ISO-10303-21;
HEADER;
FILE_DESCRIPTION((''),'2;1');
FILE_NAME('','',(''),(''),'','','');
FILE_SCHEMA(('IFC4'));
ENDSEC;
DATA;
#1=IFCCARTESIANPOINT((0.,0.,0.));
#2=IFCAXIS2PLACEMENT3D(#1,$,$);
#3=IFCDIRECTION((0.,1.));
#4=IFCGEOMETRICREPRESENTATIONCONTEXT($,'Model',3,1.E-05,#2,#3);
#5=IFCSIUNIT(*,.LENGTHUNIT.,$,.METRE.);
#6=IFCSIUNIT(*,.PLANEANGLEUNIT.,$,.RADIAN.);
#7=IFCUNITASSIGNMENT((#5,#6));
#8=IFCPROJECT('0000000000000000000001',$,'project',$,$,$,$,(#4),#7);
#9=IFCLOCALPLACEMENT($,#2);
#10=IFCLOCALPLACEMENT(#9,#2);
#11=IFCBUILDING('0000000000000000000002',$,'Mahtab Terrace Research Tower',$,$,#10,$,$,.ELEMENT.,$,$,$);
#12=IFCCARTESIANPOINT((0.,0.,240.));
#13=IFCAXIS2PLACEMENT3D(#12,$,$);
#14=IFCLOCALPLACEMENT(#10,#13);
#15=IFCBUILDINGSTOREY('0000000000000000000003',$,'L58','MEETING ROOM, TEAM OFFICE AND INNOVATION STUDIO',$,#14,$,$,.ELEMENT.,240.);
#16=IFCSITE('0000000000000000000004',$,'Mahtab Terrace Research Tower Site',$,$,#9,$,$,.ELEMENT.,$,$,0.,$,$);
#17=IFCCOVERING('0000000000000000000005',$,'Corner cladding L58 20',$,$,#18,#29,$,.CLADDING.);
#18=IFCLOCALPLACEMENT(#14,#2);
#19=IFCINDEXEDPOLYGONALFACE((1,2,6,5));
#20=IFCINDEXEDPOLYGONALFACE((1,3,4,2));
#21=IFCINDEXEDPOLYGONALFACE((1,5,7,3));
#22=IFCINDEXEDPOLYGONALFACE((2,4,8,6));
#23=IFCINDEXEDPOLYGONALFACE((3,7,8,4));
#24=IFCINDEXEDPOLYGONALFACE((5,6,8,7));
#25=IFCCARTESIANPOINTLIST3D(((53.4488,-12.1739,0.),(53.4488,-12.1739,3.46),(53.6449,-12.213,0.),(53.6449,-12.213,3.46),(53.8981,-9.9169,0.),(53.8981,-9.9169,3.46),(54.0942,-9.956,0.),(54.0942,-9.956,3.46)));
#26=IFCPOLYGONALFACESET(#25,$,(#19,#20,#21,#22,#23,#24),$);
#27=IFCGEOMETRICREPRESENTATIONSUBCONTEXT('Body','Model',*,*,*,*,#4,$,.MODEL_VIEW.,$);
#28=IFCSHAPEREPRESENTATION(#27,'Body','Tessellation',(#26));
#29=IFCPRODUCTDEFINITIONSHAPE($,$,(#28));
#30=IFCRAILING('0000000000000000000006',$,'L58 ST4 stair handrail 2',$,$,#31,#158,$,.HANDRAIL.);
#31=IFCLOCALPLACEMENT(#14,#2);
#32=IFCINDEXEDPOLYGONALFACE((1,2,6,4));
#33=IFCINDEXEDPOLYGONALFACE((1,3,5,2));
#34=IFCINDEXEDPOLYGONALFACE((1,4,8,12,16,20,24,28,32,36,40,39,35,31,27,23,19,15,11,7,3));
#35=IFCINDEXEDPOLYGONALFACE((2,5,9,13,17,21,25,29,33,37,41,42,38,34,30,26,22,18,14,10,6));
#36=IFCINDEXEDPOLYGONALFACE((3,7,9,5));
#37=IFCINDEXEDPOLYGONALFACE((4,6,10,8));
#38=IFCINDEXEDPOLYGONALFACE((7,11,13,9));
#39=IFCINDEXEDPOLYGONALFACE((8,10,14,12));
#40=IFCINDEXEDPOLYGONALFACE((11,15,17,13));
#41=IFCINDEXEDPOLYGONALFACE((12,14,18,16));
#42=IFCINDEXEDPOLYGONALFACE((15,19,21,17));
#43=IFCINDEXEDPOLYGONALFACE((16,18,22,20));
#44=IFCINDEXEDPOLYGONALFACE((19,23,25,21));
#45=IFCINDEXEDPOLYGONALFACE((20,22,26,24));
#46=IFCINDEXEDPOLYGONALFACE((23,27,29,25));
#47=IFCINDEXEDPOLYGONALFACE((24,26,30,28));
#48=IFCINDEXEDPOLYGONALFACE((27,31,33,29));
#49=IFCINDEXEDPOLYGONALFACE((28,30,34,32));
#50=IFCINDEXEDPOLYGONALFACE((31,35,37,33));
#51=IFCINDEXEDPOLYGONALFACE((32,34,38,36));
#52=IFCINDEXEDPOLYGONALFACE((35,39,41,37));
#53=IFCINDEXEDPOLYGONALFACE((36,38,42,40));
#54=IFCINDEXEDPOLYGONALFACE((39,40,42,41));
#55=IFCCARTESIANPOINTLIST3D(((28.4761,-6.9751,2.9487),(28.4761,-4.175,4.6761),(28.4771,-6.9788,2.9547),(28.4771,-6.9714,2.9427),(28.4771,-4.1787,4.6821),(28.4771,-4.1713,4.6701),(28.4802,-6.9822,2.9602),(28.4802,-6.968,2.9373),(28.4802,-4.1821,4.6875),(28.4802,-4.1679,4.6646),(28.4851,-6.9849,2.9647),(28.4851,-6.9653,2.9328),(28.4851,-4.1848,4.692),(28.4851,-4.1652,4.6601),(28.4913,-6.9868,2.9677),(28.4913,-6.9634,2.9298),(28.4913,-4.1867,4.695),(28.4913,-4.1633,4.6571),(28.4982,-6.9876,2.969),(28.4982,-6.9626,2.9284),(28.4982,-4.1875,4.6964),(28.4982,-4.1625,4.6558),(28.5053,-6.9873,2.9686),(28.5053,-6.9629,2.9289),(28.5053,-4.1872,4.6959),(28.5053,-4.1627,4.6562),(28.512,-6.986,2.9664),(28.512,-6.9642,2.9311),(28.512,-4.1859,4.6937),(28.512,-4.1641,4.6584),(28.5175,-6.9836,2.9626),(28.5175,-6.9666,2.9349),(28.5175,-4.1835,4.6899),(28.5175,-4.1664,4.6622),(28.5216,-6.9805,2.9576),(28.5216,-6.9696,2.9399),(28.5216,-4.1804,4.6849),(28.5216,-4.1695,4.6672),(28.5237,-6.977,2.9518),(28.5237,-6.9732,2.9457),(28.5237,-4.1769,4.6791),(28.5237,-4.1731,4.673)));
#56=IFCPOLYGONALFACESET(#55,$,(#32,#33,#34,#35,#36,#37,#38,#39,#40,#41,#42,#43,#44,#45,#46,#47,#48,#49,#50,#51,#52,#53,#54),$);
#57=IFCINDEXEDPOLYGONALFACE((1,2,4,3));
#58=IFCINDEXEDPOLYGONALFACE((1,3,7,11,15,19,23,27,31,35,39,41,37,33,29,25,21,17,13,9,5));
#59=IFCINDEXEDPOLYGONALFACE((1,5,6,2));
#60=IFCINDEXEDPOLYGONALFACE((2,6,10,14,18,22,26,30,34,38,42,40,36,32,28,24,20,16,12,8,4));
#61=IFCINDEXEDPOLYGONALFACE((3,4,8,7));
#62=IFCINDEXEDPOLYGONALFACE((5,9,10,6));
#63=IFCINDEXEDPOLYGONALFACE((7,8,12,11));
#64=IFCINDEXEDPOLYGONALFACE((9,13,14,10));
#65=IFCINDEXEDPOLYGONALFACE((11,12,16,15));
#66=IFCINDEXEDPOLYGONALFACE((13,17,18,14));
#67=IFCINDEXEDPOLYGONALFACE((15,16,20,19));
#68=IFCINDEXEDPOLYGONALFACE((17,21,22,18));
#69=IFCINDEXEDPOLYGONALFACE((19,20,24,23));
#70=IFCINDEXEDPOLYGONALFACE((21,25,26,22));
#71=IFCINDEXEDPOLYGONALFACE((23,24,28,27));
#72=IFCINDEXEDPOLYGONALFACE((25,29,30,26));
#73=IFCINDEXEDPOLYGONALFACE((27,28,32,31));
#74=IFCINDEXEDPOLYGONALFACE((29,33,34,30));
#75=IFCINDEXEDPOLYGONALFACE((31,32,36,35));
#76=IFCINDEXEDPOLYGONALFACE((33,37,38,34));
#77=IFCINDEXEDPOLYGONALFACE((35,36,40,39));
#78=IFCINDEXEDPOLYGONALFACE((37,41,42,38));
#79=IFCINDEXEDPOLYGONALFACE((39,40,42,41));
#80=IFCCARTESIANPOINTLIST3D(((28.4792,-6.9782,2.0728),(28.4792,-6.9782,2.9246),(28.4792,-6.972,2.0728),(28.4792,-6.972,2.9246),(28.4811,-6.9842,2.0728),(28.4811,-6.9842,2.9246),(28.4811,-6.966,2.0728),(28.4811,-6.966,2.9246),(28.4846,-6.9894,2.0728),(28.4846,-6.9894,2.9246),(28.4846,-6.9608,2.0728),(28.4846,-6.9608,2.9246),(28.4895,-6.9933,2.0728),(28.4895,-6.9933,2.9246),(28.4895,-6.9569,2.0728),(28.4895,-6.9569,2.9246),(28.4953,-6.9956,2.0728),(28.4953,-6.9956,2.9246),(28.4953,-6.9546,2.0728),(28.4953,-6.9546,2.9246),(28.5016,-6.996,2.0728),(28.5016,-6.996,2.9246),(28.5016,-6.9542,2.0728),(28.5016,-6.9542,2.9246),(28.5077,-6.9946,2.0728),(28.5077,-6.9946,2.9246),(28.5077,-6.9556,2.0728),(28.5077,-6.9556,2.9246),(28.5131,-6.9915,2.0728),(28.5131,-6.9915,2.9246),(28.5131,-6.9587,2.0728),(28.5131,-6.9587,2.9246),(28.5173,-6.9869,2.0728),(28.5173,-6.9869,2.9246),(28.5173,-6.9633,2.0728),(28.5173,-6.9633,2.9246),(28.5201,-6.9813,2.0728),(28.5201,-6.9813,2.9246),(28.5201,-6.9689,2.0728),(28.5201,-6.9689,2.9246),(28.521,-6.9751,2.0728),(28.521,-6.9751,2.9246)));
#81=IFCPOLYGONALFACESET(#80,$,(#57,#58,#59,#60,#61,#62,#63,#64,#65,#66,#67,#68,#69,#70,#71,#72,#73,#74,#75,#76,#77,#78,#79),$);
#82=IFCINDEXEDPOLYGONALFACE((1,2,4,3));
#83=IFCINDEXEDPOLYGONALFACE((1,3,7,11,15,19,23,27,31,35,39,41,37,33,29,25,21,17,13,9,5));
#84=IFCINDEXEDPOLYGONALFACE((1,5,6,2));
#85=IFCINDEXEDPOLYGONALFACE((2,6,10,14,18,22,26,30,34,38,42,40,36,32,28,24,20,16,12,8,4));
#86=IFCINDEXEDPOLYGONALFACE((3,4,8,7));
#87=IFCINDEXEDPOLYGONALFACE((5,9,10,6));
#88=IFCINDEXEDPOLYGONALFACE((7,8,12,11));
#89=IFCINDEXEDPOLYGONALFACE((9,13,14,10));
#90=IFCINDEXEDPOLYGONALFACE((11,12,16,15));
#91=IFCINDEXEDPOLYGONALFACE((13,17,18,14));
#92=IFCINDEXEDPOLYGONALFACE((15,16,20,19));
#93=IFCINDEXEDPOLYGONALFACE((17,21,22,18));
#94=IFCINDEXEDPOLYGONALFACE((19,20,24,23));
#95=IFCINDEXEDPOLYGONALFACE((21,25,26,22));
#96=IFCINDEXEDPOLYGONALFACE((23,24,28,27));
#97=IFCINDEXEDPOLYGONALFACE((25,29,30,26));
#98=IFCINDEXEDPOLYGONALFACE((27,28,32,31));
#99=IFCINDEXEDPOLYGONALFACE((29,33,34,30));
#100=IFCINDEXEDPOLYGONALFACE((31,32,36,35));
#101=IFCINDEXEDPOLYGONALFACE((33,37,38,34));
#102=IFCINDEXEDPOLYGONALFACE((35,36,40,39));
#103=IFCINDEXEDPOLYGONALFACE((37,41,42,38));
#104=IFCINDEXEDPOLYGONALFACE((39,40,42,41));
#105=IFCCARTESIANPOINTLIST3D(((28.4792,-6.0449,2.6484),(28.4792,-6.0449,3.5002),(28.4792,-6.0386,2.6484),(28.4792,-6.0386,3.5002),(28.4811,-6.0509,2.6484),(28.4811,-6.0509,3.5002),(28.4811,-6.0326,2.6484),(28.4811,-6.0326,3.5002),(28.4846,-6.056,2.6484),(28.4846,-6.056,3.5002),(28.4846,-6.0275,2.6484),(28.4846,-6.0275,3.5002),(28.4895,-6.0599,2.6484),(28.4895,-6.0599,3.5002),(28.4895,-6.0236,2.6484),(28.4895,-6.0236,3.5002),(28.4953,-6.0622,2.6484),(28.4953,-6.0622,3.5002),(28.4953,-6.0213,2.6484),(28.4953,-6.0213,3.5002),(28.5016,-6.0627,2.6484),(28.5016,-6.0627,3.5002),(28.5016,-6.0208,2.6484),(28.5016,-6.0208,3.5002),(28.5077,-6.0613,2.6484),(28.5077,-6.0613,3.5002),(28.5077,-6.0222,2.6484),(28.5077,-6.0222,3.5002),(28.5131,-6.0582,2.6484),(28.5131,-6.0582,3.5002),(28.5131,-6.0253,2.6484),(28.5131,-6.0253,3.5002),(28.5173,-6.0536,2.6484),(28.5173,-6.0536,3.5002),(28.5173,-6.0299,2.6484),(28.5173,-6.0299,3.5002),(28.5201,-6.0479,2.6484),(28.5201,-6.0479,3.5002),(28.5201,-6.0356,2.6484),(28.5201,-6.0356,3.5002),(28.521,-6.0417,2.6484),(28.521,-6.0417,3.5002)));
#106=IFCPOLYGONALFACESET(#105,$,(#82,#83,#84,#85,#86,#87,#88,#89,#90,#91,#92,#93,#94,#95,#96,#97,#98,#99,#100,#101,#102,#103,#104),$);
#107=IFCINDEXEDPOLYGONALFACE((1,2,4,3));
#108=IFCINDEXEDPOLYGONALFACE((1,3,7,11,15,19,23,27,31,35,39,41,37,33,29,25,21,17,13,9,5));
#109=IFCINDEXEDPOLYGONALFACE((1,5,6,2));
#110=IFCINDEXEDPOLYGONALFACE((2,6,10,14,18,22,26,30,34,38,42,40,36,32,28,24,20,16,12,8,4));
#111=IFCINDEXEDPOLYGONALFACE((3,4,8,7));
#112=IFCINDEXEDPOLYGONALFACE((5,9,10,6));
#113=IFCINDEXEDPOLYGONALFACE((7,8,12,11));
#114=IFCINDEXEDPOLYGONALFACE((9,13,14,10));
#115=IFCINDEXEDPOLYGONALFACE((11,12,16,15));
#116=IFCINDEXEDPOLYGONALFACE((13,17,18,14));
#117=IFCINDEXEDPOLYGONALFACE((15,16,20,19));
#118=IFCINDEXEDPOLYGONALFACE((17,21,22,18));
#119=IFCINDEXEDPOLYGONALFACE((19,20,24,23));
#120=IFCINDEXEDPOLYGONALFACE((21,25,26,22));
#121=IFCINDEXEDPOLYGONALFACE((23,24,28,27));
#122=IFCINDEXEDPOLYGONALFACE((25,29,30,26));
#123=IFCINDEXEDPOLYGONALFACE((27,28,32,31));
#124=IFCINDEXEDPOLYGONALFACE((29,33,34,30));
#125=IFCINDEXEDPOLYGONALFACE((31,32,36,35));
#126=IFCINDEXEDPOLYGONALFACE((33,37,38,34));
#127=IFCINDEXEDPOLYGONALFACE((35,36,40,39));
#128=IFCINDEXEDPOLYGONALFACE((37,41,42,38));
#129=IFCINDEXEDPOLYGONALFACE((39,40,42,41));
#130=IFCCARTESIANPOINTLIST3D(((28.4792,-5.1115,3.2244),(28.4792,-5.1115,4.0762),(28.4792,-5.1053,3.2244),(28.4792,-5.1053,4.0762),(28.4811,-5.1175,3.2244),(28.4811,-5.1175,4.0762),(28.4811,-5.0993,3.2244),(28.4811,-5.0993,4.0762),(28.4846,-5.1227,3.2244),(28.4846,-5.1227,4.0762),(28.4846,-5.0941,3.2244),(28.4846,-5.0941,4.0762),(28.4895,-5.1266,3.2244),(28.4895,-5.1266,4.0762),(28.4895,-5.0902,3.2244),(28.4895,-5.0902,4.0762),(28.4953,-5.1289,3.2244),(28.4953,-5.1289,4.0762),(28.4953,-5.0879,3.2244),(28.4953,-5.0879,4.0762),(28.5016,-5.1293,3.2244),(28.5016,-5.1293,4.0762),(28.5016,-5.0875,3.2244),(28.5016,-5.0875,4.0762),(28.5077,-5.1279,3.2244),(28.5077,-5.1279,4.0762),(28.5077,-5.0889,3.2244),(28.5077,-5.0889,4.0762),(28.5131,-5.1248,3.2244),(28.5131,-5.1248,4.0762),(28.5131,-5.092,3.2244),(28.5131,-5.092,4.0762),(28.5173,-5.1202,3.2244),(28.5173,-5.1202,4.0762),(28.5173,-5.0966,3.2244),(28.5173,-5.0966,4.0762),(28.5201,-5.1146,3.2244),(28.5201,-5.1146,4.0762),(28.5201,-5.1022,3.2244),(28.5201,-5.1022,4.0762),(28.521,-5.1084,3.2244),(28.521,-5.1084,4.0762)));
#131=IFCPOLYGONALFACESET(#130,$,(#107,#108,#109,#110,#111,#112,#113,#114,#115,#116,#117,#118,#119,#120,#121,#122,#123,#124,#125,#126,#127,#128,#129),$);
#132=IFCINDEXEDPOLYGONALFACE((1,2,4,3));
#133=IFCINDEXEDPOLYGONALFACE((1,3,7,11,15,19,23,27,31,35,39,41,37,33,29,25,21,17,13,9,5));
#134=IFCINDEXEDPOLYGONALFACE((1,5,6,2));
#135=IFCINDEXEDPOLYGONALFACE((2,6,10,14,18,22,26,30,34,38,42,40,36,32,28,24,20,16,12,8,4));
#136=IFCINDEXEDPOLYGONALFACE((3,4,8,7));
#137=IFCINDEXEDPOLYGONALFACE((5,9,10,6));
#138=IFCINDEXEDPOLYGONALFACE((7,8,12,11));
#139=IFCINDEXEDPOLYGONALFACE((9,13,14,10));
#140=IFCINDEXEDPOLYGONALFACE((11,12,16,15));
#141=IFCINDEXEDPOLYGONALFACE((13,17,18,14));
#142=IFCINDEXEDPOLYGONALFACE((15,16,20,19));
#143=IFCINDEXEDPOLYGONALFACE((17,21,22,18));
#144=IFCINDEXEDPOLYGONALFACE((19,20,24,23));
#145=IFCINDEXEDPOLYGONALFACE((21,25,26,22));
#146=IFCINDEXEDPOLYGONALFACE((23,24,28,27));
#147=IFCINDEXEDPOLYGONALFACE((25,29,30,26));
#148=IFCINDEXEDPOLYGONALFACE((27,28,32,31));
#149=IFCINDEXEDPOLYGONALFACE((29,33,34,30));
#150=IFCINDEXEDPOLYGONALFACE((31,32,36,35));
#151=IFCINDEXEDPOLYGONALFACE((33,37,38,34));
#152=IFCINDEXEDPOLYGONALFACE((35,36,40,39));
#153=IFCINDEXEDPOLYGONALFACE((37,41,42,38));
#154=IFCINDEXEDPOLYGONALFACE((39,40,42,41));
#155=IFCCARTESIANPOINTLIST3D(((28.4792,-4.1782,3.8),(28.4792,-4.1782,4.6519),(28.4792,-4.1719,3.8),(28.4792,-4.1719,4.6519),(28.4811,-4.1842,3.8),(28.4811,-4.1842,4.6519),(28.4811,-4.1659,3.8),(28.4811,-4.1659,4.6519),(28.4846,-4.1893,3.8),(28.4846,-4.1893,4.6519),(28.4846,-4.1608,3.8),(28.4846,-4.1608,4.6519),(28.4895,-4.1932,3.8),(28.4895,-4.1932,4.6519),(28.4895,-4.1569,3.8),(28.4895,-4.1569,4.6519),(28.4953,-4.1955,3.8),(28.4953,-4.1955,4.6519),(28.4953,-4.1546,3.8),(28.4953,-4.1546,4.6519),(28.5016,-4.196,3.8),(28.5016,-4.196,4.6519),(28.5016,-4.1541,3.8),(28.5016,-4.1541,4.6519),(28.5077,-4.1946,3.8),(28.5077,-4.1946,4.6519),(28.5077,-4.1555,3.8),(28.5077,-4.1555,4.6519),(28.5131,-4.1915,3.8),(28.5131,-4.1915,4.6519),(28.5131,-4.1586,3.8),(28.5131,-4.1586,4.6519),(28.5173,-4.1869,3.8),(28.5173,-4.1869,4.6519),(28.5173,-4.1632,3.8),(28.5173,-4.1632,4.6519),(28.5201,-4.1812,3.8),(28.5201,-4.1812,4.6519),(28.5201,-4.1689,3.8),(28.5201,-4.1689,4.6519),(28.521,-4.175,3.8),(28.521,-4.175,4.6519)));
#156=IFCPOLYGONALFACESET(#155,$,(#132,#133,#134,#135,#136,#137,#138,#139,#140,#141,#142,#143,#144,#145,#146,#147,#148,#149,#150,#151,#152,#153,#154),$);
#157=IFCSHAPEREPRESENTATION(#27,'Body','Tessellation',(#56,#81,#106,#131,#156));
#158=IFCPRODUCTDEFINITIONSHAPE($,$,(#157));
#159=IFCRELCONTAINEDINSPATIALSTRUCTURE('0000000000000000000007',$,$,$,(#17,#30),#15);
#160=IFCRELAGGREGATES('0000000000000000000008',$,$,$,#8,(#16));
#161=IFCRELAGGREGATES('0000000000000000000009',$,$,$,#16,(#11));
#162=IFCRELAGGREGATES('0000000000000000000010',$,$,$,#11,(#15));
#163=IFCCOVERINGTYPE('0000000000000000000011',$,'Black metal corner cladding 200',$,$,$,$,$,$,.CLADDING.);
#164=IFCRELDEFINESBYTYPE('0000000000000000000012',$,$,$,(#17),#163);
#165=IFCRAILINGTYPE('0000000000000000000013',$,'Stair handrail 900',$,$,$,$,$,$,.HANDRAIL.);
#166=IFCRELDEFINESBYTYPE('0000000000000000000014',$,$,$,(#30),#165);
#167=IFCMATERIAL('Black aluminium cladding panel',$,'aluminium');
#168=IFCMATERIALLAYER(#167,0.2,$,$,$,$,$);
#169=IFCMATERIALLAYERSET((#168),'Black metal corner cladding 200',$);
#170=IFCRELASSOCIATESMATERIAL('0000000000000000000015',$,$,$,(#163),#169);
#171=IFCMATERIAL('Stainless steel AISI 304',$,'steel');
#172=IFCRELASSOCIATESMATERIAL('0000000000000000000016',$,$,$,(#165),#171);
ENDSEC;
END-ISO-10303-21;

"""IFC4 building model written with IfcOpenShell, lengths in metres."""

from ifc_helpers import new_model, si_unit, direction, frame, origin, origin_2d, place, context, subcontext, project, spatial, rectangle, circle, extrude, material, layer, layer_set, type_object, element, save


model = new_model("IFC4")

# Units and contexts
model_context = context("Model", 3, precision=1e-05, world=origin(), true_north=direction((0.0, 1.0)))
body_context = subcontext(model_context, "Body", "Model", "MODEL_VIEW")
ifc_project = project(units=[si_unit("LENGTHUNIT", "METRE"), si_unit("PLANEANGLEUNIT", "RADIAN")], contexts=[model_context])

# Site, building, storey
site_placement = place(None, origin())
site = spatial("IfcSite", under=ifc_project, at=site_placement, Name="Mahtab Terrace Research Tower Site", CompositionType="ELEMENT", RefElevation=0.0)
building_placement = place(site_placement, origin())
building = spatial("IfcBuilding", under=site, at=building_placement, Name="Mahtab Terrace Research Tower", CompositionType="ELEMENT")
storey_placement = place(building_placement, frame((0.0, 0.0, 240.0)))
storey = spatial("IfcBuildingStorey", under=building, at=storey_placement, Name="L58", Description="MEETING ROOM, TEAM OFFICE AND INNOVATION STUDIO", CompositionType="ELEMENT", Elevation=240.0)

# Covering
ifc_material_1 = material(Name="Black aluminium cladding panel", Category="aluminium")
ifc_layer_1 = layer(ifc_material_1, 0.2)
ifc_layer_set_1 = layer_set([ifc_layer_1], Name="Black metal corner cladding 200")
covering_type = type_object("IfcCoveringType", Name="Black metal corner cladding 200", PredefinedType="CLADDING", material=ifc_layer_set_1)
covering_placement = place(storey_placement, frame((53.7715, -11.0649, 0.0), z_axis=(0.0, 0.0, 1.0), x_axis=(0.195212, 0.980761, 0.0)))
element("IfcCovering", 1, at=covering_placement, inside=storey, type_object=covering_type, Name="Corner cladding L58 20", PredefinedType="CLADDING", context=body_context, shape_type="SweptSolid", body=[
    extrude(rectangle(XDim=2.3013, YDim=0.2, at=origin_2d()), origin(), (0.0, 0.0, 1.0), 3.46),
])

# Railing
ifc_material_2 = material(Name="Stainless steel AISI 304", Category="steel")
railing_type = type_object("IfcRailingType", Name="Stair handrail 900", PredefinedType="HANDRAIL", material=ifc_material_2)
railing_placement = place(storey_placement, frame((28.5, -6.9751, 2.0728)))
element("IfcRailing", 2, at=railing_placement, inside=storey, type_object=railing_type, Name="L58 ST4 stair handrail 2", PredefinedType="HANDRAIL", context=body_context, shape_type="SweptSolid", body=[
    extrude(circle(Radius=0.0239, at=origin_2d()), frame((0.0, 0.0, 0.876), z_axis=(0.0, 0.85109, 0.52502), x_axis=(-1.0, 0.0, 0.0)), (0.0, 0.0, 1.0), 3.29),
    extrude(circle(Radius=0.021, at=origin_2d()), origin(), (0.0, 0.0, 1.0), 0.8518),
    extrude(circle(Radius=0.021, at=origin_2d()), frame((0.0, 0.9333, 0.5757)), (0.0, 0.0, 1.0), 0.8518),
    extrude(circle(Radius=0.021, at=origin_2d()), frame((0.0, 1.8667, 1.1516)), (0.0, 0.0, 1.0), 0.8518),
    extrude(circle(Radius=0.021, at=origin_2d()), frame((0.0, 2.8, 1.7273)), (0.0, 0.0, 1.0), 0.8518),
])

save(model, "model.ifc")
